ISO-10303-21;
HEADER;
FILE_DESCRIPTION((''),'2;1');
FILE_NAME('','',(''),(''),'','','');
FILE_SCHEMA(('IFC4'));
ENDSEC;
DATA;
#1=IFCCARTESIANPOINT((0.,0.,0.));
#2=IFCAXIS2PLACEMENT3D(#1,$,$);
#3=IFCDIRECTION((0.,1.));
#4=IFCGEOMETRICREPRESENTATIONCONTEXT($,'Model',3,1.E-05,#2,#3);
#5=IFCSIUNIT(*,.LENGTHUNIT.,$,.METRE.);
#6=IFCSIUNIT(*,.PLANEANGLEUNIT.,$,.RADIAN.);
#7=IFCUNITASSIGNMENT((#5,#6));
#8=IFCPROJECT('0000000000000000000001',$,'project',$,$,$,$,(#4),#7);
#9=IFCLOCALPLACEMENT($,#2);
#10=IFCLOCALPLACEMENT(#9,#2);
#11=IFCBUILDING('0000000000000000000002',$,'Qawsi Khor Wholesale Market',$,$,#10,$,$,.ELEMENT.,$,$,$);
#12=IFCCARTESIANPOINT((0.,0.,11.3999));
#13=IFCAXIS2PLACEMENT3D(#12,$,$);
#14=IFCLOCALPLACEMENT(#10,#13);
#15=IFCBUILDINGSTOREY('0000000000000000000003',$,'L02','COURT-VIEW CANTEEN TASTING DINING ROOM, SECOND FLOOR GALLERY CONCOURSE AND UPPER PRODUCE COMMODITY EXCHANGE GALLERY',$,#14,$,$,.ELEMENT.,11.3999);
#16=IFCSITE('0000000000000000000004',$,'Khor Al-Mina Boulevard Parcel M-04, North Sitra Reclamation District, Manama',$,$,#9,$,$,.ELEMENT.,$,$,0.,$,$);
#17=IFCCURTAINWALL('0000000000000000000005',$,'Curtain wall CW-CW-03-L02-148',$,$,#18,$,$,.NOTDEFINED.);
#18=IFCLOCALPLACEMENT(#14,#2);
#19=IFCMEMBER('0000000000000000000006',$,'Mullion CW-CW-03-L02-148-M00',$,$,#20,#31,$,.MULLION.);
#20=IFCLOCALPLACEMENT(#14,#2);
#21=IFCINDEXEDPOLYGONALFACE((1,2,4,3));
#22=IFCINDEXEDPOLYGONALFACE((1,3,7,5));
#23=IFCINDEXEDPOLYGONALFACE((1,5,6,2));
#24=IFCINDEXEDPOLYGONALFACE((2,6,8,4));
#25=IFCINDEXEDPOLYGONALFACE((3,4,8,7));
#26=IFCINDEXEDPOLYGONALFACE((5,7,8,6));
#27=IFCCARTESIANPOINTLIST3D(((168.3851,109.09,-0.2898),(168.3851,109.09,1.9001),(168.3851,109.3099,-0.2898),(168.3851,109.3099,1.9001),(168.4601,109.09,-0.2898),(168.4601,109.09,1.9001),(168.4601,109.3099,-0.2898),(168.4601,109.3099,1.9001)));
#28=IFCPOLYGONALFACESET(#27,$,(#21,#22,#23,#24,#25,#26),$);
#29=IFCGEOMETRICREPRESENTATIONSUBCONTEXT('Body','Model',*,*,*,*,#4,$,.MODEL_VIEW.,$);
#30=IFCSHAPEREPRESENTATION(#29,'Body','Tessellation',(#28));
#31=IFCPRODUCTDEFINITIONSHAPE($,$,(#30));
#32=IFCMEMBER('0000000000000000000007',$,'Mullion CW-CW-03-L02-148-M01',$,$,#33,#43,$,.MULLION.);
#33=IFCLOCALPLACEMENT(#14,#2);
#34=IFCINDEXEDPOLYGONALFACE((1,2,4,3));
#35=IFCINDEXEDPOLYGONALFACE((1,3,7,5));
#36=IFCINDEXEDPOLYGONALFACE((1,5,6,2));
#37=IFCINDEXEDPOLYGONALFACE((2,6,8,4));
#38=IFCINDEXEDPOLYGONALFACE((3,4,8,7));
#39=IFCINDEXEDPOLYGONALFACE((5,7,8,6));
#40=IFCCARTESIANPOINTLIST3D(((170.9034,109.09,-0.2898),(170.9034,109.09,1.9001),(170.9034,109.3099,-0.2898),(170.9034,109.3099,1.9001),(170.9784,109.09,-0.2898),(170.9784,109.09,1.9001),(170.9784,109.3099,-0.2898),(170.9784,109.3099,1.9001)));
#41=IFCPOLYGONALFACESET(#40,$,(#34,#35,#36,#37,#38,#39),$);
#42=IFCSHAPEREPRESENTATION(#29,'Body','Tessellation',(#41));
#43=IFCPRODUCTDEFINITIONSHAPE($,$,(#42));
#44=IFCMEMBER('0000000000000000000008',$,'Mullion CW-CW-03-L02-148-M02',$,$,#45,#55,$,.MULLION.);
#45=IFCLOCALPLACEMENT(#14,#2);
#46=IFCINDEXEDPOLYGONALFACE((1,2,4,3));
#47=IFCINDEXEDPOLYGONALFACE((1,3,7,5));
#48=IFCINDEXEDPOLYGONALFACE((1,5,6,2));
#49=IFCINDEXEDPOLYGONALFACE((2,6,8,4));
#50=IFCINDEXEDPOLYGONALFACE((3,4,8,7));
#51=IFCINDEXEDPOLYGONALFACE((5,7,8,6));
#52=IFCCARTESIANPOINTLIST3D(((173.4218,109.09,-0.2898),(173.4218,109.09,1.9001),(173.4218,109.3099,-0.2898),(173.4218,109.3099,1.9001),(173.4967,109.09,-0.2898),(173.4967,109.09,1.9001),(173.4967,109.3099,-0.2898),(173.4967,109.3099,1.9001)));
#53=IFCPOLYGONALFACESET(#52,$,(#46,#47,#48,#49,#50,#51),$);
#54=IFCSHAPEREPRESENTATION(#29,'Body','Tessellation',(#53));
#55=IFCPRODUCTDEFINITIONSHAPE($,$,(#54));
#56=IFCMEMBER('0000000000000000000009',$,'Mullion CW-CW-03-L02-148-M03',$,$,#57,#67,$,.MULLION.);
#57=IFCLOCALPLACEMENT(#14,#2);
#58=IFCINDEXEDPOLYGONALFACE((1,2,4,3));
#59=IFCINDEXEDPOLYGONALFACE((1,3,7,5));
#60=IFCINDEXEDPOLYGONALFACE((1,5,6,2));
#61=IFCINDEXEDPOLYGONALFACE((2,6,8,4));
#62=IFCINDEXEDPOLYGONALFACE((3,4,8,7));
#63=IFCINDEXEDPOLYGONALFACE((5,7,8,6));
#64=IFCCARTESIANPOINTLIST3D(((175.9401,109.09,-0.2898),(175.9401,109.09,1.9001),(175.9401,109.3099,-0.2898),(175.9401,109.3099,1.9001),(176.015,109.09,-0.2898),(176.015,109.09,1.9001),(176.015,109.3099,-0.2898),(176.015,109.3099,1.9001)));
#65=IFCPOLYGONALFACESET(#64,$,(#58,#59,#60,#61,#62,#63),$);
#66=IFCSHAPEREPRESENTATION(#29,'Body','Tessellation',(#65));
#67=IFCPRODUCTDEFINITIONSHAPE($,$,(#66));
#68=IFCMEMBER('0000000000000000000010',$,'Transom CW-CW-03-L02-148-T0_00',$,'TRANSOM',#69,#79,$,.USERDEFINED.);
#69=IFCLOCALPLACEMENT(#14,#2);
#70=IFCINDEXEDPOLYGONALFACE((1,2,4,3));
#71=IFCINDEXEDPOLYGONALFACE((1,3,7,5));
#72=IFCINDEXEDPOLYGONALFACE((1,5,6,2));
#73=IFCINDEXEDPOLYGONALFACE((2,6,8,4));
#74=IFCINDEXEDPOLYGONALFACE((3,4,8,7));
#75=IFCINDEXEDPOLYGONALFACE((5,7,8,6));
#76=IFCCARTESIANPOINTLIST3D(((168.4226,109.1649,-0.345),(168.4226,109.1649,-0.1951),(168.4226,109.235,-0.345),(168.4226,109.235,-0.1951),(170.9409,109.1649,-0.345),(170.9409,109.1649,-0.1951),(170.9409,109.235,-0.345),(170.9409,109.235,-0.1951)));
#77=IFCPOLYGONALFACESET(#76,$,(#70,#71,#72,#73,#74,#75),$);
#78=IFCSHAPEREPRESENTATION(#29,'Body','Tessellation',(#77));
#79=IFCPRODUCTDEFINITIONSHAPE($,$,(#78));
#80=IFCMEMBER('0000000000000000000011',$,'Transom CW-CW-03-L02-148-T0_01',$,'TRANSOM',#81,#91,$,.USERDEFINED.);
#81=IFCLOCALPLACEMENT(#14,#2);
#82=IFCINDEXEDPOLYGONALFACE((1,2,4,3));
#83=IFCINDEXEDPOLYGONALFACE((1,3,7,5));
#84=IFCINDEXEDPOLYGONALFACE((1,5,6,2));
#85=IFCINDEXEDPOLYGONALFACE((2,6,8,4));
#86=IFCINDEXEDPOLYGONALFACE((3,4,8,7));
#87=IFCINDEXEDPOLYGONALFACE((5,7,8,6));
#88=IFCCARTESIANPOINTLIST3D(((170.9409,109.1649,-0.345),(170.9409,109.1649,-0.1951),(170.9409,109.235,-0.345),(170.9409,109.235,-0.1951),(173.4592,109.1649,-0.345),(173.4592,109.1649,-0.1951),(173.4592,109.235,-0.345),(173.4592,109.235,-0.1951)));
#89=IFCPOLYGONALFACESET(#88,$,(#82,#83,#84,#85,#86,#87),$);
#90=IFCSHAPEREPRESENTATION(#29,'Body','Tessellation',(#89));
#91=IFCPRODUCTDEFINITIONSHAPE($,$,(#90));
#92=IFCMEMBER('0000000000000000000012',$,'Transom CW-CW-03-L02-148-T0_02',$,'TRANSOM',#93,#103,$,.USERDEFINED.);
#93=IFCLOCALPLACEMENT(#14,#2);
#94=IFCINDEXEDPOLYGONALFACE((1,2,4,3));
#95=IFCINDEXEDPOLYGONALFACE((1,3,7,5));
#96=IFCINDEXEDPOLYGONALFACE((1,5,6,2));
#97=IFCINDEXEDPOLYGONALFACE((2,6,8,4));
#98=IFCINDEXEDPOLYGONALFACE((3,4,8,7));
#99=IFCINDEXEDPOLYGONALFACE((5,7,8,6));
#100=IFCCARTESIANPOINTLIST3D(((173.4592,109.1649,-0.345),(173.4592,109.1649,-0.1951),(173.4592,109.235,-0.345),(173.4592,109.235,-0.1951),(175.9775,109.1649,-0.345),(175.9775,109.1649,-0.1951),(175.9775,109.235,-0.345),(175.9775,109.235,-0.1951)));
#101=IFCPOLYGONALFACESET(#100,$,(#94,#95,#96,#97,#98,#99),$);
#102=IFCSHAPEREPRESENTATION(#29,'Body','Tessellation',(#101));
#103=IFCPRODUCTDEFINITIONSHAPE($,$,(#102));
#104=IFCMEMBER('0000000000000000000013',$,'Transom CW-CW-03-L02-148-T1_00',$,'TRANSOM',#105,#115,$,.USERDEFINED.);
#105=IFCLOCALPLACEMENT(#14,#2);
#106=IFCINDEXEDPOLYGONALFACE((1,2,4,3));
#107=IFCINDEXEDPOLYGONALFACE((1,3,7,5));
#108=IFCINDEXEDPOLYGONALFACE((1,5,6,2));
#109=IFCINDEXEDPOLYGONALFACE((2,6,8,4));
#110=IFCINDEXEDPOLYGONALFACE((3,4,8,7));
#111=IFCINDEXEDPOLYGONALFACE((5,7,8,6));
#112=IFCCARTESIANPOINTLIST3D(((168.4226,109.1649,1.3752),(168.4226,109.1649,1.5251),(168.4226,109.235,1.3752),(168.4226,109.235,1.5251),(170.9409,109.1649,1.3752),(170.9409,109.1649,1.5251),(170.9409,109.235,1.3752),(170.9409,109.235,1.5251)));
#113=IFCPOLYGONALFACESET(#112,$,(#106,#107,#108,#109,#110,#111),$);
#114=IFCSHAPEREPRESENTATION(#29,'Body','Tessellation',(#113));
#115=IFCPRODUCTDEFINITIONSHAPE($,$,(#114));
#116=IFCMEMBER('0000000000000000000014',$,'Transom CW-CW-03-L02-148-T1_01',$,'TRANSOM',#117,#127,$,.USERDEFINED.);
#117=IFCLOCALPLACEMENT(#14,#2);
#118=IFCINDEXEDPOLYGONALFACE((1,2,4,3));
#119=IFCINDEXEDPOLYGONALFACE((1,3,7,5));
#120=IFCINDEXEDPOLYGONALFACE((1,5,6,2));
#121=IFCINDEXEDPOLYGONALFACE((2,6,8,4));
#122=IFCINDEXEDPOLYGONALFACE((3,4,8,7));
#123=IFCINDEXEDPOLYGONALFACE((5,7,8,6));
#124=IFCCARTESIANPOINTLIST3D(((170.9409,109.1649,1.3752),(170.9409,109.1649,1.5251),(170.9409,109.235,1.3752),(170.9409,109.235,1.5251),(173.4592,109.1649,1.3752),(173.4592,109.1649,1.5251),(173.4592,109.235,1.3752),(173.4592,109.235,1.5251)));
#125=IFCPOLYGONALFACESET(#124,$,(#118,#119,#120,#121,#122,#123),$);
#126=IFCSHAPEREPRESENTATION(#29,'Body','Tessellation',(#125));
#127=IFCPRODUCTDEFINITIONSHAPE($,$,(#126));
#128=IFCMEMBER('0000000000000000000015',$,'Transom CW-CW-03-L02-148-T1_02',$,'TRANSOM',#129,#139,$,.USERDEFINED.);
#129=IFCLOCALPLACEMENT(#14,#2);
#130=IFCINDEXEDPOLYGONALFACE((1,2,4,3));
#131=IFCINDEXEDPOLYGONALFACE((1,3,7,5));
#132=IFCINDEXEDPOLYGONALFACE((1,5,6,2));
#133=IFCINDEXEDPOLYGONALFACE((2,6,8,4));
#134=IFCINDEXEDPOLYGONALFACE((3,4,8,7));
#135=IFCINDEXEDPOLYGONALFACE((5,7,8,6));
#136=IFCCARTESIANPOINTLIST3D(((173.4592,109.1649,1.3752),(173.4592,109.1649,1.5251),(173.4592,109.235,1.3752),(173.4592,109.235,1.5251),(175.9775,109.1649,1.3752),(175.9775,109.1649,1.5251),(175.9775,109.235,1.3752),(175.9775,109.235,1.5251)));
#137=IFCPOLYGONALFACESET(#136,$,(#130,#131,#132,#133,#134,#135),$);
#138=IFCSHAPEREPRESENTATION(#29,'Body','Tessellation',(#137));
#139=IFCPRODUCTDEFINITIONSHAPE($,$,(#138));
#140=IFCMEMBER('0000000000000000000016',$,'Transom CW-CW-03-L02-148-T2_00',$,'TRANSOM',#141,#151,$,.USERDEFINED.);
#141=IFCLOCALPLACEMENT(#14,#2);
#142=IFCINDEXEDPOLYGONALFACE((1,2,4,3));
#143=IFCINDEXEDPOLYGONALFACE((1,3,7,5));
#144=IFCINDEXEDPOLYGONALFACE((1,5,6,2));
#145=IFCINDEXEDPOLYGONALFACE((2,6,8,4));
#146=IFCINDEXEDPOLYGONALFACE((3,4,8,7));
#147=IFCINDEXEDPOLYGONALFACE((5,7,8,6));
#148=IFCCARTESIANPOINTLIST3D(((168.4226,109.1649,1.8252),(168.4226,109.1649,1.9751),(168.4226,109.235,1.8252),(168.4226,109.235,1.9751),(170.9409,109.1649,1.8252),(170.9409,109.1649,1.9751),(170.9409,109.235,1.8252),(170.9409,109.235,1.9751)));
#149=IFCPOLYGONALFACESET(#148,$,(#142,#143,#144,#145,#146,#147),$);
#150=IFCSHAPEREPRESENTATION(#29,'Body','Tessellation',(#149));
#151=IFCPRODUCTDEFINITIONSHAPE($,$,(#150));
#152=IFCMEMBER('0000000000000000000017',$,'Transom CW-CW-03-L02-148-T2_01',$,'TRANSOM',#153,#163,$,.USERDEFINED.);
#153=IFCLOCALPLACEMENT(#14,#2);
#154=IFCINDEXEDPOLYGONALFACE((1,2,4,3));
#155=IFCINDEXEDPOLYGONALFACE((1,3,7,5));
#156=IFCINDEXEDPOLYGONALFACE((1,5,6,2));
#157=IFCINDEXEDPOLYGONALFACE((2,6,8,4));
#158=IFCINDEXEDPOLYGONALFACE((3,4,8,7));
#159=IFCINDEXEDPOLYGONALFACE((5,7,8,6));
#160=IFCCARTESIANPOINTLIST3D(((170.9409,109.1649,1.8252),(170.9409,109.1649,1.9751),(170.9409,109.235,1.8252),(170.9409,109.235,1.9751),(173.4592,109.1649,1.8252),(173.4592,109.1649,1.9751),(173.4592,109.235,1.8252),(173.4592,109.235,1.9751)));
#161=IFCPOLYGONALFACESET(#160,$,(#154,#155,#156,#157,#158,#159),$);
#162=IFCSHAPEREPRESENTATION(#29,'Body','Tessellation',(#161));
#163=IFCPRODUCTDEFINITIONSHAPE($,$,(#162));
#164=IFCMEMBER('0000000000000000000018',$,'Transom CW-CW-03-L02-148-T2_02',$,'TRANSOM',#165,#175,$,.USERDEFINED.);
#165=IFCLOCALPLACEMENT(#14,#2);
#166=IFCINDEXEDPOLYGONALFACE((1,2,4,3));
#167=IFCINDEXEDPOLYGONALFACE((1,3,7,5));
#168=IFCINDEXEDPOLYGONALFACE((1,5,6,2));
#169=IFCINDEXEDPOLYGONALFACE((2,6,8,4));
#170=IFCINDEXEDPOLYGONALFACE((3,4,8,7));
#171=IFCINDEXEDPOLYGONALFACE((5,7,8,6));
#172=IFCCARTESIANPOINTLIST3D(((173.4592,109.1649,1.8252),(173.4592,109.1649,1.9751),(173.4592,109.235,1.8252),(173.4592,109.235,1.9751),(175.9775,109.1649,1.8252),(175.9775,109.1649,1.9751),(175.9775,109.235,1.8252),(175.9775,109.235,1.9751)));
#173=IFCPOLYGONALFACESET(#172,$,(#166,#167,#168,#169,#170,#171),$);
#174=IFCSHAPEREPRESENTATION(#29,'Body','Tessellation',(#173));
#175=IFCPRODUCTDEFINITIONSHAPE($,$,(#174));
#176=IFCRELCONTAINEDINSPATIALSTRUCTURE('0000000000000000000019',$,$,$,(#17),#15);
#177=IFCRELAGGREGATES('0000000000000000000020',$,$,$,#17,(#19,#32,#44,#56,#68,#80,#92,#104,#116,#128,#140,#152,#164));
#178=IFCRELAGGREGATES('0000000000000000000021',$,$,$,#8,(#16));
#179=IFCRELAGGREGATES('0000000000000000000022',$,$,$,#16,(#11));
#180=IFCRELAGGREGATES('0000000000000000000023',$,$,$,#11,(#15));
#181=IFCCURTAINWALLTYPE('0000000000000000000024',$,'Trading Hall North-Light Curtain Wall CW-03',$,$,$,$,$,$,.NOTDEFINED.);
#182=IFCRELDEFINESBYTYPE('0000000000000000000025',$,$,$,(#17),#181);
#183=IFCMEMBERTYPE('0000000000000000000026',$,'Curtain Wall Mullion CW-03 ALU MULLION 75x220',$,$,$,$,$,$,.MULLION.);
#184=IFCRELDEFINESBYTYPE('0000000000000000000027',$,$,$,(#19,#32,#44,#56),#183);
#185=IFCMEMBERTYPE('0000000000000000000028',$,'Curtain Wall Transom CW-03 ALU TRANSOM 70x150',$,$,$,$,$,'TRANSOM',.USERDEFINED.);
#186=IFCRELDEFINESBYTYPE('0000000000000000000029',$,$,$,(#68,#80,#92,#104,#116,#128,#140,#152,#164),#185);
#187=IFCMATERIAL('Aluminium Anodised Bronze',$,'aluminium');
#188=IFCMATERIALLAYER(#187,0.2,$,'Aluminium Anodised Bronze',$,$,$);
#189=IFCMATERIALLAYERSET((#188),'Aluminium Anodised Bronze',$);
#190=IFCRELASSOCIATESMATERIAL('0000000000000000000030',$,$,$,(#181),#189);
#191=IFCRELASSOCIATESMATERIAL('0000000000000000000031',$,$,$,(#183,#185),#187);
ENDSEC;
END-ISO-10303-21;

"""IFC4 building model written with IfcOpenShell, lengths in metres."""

from ifc_helpers import new_model, si_unit, direction, frame, origin, origin_2d, place, context, subcontext, project, spatial, rectangle, extrude, material, layer, layer_set, material_profile, profile_set, type_object, element, aggregate, save


model = new_model("IFC4")

# Units and contexts
model_context = context("Model", 3, precision=1e-05, world=origin(), true_north=direction((0.0, 1.0)))
body_context = subcontext(model_context, "Body", "Model", "MODEL_VIEW")
ifc_project = project(units=[si_unit("LENGTHUNIT", "METRE"), si_unit("PLANEANGLEUNIT", "RADIAN")], contexts=[model_context])

# Site, building, storey
site_placement = place(None, origin())
site = spatial("IfcSite", under=ifc_project, at=site_placement, Name="Khor Al-Mina Boulevard Parcel M-04, North Sitra Reclamation District, Manama", CompositionType="ELEMENT", RefElevation=0.0)
building_placement = place(site_placement, origin())
building = spatial("IfcBuilding", under=site, at=building_placement, Name="Qawsi Khor Wholesale Market", CompositionType="ELEMENT")
storey_placement = place(building_placement, frame((0.0, 0.0, 11.3999)))
storey = spatial("IfcBuildingStorey", under=building, at=storey_placement, Name="L02", Description="COURT-VIEW CANTEEN TASTING DINING ROOM, SECOND FLOOR GALLERY CONCOURSE AND UPPER PRODUCE COMMODITY EXCHANGE GALLERY", CompositionType="ELEMENT", Elevation=11.3999)

# Curtain wall, members
ifc_material_1 = material(Name="Aluminium Anodised Bronze", Category="aluminium")
ifc_layer_1 = layer(ifc_material_1, 0.2, Name="Aluminium Anodised Bronze")
ifc_layer_set_1 = layer_set([ifc_layer_1], Name="Aluminium Anodised Bronze")
curtain_wall_type = type_object("IfcCurtainWallType", Name="Trading Hall North-Light Curtain Wall CW-03", PredefinedType="NOTDEFINED", material=ifc_layer_set_1)
curtain_wall_placement = place(storey_placement, origin())
curtain_wall = element("IfcCurtainWall", 1, at=curtain_wall_placement, inside=storey, type_object=curtain_wall_type, Name="Curtain wall CW-CW-03-L02-148", PredefinedType="NOTDEFINED")
ifc_material_profile_1 = material_profile(ifc_material_1, rectangle(XDim=0.075, YDim=0.22, at=origin_2d()), Name="ALU MULLION 75x220")
ifc_profile_set_1 = profile_set([ifc_material_profile_1], Name="Aluminium Anodised Bronze")
member_type_1 = type_object("IfcMemberType", Name="Curtain Wall Mullion CW-03 ALU MULLION 75x220", PredefinedType="MULLION", material=ifc_profile_set_1)
member_1_placement = place(storey_placement, frame((168.4226, 109.2, -0.2898), z_axis=(0.0, 0.0, 1.0), x_axis=(1.0, 0.0, 0.0)))
member_1 = element("IfcMember", 2, at=member_1_placement, type_object=member_type_1, Name="Mullion CW-CW-03-L02-148-M00", PredefinedType="MULLION", context=body_context, shape_type="SweptSolid", body=[
    extrude(rectangle(XDim=0.075, YDim=0.22, at=origin_2d()), origin(), (0.0, 0.0, 1.0), 2.1899),
])
member_2_placement = place(storey_placement, frame((170.9409, 109.2, -0.2898), z_axis=(0.0, 0.0, 1.0), x_axis=(1.0, 0.0, 0.0)))
member_2 = element("IfcMember", 3, at=member_2_placement, type_object=member_type_1, Name="Mullion CW-CW-03-L02-148-M01", PredefinedType="MULLION", context=body_context, shape_type="SweptSolid", body=[
    extrude(rectangle(XDim=0.075, YDim=0.22, at=origin_2d()), origin(), (0.0, 0.0, 1.0), 2.1899),
])
member_3_placement = place(storey_placement, frame((173.4592, 109.2, -0.2898), z_axis=(0.0, 0.0, 1.0), x_axis=(1.0, 0.0, 0.0)))
member_3 = element("IfcMember", 4, at=member_3_placement, type_object=member_type_1, Name="Mullion CW-CW-03-L02-148-M02", PredefinedType="MULLION", context=body_context, shape_type="SweptSolid", body=[
    extrude(rectangle(XDim=0.075, YDim=0.22, at=origin_2d()), origin(), (0.0, 0.0, 1.0), 2.1899),
])
member_4_placement = place(storey_placement, frame((175.9775, 109.2, -0.2898), z_axis=(0.0, 0.0, 1.0), x_axis=(1.0, 0.0, 0.0)))
member_4 = element("IfcMember", 5, at=member_4_placement, type_object=member_type_1, Name="Mullion CW-CW-03-L02-148-M03", PredefinedType="MULLION", context=body_context, shape_type="SweptSolid", body=[
    extrude(rectangle(XDim=0.075, YDim=0.22, at=origin_2d()), origin(), (0.0, 0.0, 1.0), 2.1899),
])
ifc_material_profile_2 = material_profile(ifc_material_1, rectangle(XDim=0.0701, YDim=0.1499, at=origin_2d()), Name="ALU TRANSOM 70x150")
ifc_profile_set_2 = profile_set([ifc_material_profile_2], Name="Aluminium Anodised Bronze")
member_type_2 = type_object("IfcMemberType", Name="Curtain Wall Transom CW-03 ALU TRANSOM 70x150", ElementType="TRANSOM", PredefinedType="USERDEFINED", material=ifc_profile_set_2)
member_5_placement = place(storey_placement, frame((168.4226, 109.2, -0.27), z_axis=(1.0, 0.0, 0.0), x_axis=(0.0, 1.0, 0.0)))
member_5 = element("IfcMember", 6, at=member_5_placement, type_object=member_type_2, Name="Transom CW-CW-03-L02-148-T0_00", ObjectType="TRANSOM", PredefinedType="USERDEFINED", context=body_context, shape_type="SweptSolid", body=[
    extrude(rectangle(XDim=0.0701, YDim=0.1499, at=origin_2d()), origin(), (0.0, 0.0, 1.0), 2.5183),
])
member_6_placement = place(storey_placement, frame((170.9409, 109.2, -0.27), z_axis=(1.0, 0.0, 0.0), x_axis=(0.0, 1.0, 0.0)))
member_6 = element("IfcMember", 7, at=member_6_placement, type_object=member_type_2, Name="Transom CW-CW-03-L02-148-T0_01", ObjectType="TRANSOM", PredefinedType="USERDEFINED", context=body_context, shape_type="SweptSolid", body=[
    extrude(rectangle(XDim=0.0701, YDim=0.1499, at=origin_2d()), origin(), (0.0, 0.0, 1.0), 2.5183),
])
member_7_placement = place(storey_placement, frame((173.4592, 109.2, -0.27), z_axis=(1.0, 0.0, 0.0), x_axis=(0.0, 1.0, 0.0)))
member_7 = element("IfcMember", 8, at=member_7_placement, type_object=member_type_2, Name="Transom CW-CW-03-L02-148-T0_02", ObjectType="TRANSOM", PredefinedType="USERDEFINED", context=body_context, shape_type="SweptSolid", body=[
    extrude(rectangle(XDim=0.0701, YDim=0.1499, at=origin_2d()), origin(), (0.0, 0.0, 1.0), 2.5183),
])
member_8_placement = place(storey_placement, frame((168.4226, 109.2, 1.4502), z_axis=(1.0, 0.0, 0.0), x_axis=(0.0, 1.0, 0.0)))
member_8 = element("IfcMember", 9, at=member_8_placement, type_object=member_type_2, Name="Transom CW-CW-03-L02-148-T1_00", ObjectType="TRANSOM", PredefinedType="USERDEFINED", context=body_context, shape_type="SweptSolid", body=[
    extrude(rectangle(XDim=0.0701, YDim=0.1499, at=origin_2d()), origin(), (0.0, 0.0, 1.0), 2.5183),
])
member_9_placement = place(storey_placement, frame((170.9409, 109.2, 1.4502), z_axis=(1.0, 0.0, 0.0), x_axis=(0.0, 1.0, 0.0)))
member_9 = element("IfcMember", 10, at=member_9_placement, type_object=member_type_2, Name="Transom CW-CW-03-L02-148-T1_01", ObjectType="TRANSOM", PredefinedType="USERDEFINED", context=body_context, shape_type="SweptSolid", body=[
    extrude(rectangle(XDim=0.0701, YDim=0.1499, at=origin_2d()), origin(), (0.0, 0.0, 1.0), 2.5183),
])
member_10_placement = place(storey_placement, frame((173.4592, 109.2, 1.4502), z_axis=(1.0, 0.0, 0.0), x_axis=(0.0, 1.0, 0.0)))
member_10 = element("IfcMember", 11, at=member_10_placement, type_object=member_type_2, Name="Transom CW-CW-03-L02-148-T1_02", ObjectType="TRANSOM", PredefinedType="USERDEFINED", context=body_context, shape_type="SweptSolid", body=[
    extrude(rectangle(XDim=0.0701, YDim=0.1499, at=origin_2d()), origin(), (0.0, 0.0, 1.0), 2.5183),
])
member_11_placement = place(storey_placement, frame((168.4226, 109.2, 1.9001), z_axis=(1.0, 0.0, 0.0), x_axis=(0.0, 1.0, 0.0)))
member_11 = element("IfcMember", 12, at=member_11_placement, type_object=member_type_2, Name="Transom CW-CW-03-L02-148-T2_00", ObjectType="TRANSOM", PredefinedType="USERDEFINED", context=body_context, shape_type="SweptSolid", body=[
    extrude(rectangle(XDim=0.0701, YDim=0.1499, at=origin_2d()), origin(), (0.0, 0.0, 1.0), 2.5183),
])
member_12_placement = place(storey_placement, frame((170.9409, 109.2, 1.9001), z_axis=(1.0, 0.0, 0.0), x_axis=(0.0, 1.0, 0.0)))
member_12 = element("IfcMember", 13, at=member_12_placement, type_object=member_type_2, Name="Transom CW-CW-03-L02-148-T2_01", ObjectType="TRANSOM", PredefinedType="USERDEFINED", context=body_context, shape_type="SweptSolid", body=[
    extrude(rectangle(XDim=0.0701, YDim=0.1499, at=origin_2d()), origin(), (0.0, 0.0, 1.0), 2.5183),
])
member_13_placement = place(storey_placement, frame((173.4592, 109.2, 1.9001), z_axis=(1.0, 0.0, 0.0), x_axis=(0.0, 1.0, 0.0)))
member_13 = element("IfcMember", 14, at=member_13_placement, type_object=member_type_2, Name="Transom CW-CW-03-L02-148-T2_02", ObjectType="TRANSOM", PredefinedType="USERDEFINED", context=body_context, shape_type="SweptSolid", body=[
    extrude(rectangle(XDim=0.0701, YDim=0.1499, at=origin_2d()), origin(), (0.0, 0.0, 1.0), 2.5183),
])

aggregate(curtain_wall, [member_1, member_2, member_3, member_4, member_5, member_6, member_7, member_8, member_9, member_10, member_11, member_12, member_13])

save(model, "model.ifc")
